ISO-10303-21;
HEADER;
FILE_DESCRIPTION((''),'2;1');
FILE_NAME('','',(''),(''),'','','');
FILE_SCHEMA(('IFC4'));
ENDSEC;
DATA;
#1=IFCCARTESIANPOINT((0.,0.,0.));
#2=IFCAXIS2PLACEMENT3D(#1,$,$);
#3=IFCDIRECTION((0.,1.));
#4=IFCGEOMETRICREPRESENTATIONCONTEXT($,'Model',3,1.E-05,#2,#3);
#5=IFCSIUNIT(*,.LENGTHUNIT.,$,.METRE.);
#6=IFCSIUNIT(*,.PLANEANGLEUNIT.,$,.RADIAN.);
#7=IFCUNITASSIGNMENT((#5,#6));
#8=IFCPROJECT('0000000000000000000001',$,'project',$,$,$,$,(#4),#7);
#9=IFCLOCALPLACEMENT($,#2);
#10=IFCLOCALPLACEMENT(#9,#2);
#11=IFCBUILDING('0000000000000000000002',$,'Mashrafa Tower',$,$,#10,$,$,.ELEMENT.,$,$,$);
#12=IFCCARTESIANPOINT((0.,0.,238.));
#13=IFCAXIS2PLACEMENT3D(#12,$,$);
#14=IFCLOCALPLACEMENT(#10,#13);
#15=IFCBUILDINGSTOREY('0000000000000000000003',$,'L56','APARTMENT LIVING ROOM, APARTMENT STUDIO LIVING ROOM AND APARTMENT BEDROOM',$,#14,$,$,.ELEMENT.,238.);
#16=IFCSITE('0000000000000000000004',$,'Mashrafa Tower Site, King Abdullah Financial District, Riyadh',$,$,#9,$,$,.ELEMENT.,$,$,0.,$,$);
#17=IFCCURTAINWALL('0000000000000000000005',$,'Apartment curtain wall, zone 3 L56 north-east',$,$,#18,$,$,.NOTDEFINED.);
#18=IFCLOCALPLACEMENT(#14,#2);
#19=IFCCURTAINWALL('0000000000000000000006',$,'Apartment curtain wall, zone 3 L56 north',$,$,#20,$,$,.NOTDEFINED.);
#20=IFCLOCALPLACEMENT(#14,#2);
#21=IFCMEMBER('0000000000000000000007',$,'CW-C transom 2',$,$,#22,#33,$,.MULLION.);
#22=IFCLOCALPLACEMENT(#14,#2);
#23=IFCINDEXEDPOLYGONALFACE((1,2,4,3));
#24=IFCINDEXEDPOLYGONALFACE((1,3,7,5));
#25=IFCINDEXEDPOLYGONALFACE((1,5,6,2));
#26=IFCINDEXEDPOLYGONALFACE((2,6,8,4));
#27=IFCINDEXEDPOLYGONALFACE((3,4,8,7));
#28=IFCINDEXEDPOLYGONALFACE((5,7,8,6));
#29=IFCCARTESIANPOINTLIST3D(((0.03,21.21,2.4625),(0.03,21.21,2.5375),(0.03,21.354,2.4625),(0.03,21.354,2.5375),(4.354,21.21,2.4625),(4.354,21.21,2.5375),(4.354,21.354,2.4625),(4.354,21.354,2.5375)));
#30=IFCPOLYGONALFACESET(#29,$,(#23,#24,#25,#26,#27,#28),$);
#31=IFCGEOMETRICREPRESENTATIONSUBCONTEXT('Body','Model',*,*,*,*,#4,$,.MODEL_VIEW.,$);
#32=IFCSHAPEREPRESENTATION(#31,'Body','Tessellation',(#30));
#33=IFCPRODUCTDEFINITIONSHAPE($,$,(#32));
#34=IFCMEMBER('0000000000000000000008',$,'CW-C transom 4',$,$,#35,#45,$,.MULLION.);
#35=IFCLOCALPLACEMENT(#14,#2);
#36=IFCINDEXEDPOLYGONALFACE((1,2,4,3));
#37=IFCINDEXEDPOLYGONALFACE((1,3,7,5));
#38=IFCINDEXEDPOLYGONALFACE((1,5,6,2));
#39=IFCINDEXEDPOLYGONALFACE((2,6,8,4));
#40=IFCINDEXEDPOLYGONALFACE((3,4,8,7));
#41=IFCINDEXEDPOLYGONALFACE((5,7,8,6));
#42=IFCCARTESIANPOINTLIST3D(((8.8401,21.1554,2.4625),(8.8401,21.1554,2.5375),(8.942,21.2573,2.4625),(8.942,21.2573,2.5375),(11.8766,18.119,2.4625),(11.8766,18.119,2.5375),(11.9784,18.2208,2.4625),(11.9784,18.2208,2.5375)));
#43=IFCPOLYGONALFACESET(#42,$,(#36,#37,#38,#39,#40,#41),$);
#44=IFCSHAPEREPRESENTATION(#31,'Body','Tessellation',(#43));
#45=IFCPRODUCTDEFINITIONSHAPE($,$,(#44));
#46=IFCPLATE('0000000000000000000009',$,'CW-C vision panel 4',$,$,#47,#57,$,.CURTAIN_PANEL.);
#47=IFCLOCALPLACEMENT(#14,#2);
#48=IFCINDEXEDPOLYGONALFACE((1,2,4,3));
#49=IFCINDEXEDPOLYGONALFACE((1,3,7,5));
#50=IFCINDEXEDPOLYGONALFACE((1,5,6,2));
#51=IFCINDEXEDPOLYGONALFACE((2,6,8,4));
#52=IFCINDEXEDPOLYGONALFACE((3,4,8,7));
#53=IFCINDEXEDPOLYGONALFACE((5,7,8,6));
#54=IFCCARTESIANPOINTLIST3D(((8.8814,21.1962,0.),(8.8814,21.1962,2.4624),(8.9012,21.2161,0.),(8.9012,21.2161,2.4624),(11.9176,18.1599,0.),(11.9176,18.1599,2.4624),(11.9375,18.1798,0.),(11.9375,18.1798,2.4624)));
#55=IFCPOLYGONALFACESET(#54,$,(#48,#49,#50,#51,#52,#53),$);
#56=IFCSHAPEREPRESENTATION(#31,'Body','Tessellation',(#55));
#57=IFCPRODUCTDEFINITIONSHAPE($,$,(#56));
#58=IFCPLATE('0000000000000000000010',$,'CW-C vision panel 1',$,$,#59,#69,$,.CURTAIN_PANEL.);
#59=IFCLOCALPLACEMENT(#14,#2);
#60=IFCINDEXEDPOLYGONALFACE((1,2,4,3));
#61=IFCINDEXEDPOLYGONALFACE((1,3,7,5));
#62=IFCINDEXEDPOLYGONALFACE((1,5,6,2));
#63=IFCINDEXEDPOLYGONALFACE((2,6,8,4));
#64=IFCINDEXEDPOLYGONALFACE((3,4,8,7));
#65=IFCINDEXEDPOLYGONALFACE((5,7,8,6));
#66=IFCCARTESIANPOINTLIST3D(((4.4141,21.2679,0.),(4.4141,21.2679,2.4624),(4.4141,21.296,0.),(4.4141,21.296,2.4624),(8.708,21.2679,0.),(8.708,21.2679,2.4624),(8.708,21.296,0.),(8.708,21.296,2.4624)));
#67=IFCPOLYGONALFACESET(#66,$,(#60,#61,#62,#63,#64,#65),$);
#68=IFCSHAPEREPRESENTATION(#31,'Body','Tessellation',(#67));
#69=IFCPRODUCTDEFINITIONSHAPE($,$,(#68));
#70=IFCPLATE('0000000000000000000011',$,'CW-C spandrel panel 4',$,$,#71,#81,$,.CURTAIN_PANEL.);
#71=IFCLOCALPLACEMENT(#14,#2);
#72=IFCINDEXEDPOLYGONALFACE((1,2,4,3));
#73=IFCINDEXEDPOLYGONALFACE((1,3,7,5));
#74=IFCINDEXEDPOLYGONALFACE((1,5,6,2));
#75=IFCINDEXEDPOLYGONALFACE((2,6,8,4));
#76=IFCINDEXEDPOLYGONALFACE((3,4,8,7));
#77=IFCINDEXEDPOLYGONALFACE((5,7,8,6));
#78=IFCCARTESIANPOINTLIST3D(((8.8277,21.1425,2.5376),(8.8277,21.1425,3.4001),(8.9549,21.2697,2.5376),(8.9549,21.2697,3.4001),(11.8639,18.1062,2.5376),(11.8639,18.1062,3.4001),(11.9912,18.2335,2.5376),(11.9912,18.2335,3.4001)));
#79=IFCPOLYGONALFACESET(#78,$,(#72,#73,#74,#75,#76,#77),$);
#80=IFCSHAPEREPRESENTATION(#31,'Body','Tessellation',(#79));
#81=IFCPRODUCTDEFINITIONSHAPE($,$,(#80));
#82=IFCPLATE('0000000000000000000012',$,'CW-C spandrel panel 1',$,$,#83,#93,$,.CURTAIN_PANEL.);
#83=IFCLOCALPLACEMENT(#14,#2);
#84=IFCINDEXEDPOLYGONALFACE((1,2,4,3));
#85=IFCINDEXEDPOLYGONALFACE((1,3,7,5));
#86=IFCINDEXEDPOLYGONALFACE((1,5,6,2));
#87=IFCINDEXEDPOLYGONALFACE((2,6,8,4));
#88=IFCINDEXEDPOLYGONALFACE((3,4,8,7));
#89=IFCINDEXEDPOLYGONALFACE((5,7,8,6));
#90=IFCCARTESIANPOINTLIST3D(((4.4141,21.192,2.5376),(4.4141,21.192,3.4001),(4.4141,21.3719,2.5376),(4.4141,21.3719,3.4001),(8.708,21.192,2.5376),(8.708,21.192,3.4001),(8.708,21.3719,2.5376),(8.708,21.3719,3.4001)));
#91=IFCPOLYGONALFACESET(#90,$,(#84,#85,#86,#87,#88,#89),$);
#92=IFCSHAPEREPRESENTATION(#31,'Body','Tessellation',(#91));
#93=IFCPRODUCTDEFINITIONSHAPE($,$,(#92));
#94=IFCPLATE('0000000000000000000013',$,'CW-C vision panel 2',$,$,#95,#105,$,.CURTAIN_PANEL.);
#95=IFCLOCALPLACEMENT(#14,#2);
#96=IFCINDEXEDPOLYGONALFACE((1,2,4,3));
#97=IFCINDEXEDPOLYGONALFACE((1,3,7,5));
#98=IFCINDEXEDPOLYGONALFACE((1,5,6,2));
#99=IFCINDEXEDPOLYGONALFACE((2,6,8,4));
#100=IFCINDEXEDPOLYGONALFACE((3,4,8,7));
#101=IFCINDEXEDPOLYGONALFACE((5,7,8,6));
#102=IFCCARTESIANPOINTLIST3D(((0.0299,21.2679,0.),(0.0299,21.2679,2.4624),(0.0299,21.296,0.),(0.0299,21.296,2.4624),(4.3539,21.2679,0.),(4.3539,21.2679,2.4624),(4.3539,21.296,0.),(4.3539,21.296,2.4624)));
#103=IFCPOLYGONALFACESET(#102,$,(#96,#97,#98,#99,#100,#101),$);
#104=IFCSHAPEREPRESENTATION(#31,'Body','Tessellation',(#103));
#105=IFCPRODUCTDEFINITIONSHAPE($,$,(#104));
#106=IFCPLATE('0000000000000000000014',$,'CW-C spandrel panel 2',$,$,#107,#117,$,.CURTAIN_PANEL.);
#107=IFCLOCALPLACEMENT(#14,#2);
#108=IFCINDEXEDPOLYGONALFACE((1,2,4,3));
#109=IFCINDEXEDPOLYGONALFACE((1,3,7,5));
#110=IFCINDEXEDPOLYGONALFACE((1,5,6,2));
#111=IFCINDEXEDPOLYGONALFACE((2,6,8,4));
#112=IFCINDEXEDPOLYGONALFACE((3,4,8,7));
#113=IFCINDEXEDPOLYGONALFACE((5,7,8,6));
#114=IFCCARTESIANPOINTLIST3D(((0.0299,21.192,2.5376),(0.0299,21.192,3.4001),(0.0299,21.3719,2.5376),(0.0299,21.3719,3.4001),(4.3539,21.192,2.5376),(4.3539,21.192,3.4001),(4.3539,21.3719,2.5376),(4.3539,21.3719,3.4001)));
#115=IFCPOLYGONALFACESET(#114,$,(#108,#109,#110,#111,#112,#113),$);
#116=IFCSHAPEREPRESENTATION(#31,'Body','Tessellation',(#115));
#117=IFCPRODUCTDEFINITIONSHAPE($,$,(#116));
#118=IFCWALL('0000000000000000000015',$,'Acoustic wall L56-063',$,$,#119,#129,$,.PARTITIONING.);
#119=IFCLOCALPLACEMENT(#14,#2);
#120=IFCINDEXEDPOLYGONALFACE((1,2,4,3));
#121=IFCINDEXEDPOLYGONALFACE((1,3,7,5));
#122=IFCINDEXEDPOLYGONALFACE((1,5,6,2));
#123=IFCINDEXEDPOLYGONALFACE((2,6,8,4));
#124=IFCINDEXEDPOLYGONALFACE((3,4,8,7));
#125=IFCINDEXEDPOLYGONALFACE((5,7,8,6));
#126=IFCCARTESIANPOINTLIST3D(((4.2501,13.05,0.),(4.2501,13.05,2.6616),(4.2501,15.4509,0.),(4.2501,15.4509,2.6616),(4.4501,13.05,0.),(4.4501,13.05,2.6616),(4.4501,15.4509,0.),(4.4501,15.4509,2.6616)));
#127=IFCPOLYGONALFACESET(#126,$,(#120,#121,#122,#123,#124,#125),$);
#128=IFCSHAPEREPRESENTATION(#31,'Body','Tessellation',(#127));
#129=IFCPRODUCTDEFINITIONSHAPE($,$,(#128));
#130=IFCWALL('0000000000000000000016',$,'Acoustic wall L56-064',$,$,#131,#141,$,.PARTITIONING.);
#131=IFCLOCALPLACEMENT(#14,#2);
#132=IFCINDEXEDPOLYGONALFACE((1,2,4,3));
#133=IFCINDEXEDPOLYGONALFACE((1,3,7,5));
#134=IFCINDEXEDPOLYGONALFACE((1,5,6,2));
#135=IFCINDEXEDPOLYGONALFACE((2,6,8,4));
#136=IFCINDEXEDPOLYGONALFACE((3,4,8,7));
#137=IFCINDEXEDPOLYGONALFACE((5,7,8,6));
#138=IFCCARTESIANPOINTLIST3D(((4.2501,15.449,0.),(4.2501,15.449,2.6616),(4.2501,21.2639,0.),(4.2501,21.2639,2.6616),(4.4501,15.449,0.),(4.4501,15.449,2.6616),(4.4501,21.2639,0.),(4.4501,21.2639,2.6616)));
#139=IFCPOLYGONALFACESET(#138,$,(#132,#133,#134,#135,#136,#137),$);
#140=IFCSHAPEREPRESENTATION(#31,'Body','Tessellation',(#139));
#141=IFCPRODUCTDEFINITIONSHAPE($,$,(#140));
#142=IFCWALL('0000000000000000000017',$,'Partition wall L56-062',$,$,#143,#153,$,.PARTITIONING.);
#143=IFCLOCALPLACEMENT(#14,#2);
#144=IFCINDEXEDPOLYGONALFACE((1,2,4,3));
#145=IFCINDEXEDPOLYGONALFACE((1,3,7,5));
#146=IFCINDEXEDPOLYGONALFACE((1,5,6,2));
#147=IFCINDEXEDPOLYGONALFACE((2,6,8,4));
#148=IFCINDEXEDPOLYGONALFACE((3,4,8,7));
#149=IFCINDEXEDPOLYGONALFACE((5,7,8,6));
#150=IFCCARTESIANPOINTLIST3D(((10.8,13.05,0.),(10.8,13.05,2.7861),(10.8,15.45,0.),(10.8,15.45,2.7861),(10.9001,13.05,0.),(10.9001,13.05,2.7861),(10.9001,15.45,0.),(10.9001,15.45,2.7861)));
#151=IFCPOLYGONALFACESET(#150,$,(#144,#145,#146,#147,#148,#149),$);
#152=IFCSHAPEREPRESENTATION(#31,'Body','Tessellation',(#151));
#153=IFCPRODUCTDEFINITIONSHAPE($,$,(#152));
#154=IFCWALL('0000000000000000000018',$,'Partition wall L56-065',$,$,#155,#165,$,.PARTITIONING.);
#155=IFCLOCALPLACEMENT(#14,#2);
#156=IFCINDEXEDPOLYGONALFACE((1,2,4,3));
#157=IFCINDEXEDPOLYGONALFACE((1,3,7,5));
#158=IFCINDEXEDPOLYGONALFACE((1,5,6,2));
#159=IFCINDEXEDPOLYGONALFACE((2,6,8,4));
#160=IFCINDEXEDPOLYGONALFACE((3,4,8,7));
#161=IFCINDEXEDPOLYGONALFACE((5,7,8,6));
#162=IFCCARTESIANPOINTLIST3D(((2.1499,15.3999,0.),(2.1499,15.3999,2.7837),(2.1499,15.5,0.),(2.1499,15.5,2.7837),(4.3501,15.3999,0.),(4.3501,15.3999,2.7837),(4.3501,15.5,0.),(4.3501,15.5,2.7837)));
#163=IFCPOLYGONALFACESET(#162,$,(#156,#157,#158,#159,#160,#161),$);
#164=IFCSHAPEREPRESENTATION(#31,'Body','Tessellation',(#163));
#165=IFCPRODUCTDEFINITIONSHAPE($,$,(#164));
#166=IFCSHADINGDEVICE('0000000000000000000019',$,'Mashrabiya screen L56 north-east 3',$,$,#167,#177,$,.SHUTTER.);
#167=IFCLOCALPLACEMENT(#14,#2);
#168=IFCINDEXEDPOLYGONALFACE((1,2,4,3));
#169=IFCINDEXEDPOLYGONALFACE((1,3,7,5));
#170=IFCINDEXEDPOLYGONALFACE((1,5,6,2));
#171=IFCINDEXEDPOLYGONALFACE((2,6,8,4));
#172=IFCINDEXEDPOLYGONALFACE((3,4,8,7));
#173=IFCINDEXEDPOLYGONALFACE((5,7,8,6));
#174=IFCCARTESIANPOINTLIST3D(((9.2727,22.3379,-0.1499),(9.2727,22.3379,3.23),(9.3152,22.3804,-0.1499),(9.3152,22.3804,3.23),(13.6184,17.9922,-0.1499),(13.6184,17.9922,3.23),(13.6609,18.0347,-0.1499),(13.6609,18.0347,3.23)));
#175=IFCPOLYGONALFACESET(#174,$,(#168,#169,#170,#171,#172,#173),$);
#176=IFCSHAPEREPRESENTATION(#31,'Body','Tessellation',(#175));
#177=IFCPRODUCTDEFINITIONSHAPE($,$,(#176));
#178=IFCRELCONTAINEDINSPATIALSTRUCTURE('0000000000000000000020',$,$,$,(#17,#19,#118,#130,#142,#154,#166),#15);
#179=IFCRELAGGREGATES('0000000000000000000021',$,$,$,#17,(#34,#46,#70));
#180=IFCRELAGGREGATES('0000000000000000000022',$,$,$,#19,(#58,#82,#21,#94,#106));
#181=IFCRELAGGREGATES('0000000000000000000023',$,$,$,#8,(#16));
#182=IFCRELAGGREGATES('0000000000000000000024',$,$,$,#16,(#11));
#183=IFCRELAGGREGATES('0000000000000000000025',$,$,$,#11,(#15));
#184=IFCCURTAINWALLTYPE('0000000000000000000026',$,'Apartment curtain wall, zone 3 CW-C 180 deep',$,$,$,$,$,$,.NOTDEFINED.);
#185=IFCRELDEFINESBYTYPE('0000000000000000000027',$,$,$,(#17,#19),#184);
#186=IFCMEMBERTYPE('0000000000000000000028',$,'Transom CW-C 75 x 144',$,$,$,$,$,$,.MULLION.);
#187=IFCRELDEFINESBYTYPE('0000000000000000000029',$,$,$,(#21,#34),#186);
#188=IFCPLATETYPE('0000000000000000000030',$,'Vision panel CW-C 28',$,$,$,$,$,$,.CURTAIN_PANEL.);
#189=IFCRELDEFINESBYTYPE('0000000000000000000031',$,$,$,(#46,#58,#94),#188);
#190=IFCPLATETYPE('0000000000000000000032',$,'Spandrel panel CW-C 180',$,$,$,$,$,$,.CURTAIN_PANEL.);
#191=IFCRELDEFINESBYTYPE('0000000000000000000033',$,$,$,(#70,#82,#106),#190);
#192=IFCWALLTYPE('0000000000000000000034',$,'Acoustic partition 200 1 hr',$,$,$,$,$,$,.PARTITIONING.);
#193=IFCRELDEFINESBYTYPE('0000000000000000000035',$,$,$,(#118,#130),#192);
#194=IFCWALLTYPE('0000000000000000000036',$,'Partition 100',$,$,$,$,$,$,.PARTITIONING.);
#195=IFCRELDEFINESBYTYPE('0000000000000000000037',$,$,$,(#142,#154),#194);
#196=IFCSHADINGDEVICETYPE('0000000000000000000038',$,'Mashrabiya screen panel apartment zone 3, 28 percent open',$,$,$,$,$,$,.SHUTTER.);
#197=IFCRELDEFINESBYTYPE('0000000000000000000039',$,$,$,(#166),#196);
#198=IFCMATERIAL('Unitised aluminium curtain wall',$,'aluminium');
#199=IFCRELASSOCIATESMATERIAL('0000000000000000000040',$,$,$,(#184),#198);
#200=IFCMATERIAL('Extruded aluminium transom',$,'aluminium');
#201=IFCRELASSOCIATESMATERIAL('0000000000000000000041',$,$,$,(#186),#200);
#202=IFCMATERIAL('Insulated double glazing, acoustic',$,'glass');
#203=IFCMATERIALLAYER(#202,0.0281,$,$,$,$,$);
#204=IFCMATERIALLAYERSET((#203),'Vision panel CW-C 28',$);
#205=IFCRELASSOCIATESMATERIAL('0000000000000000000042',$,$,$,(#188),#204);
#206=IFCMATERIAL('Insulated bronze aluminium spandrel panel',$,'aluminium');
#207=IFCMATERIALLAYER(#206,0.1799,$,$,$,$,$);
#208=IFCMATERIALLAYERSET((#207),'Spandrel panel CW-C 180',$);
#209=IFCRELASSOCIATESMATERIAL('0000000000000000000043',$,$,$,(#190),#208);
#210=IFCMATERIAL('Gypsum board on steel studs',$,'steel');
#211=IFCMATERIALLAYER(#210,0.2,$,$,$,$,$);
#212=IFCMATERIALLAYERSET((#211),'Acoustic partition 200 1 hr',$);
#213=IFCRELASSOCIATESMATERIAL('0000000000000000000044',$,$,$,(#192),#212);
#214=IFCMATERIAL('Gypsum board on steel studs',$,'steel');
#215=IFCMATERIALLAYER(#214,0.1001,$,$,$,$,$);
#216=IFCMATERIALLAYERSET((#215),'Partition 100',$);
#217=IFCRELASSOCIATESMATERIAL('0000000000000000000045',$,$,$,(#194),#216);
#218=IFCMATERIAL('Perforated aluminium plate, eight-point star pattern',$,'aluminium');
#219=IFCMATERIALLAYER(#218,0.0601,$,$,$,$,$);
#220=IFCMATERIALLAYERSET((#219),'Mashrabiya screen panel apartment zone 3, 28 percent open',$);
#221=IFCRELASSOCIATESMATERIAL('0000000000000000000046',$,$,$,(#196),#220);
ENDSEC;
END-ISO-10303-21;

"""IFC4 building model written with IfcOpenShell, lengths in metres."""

from ifc_helpers import new_model, si_unit, direction, frame, frame_2d, origin, origin_2d, place, context, subcontext, project, spatial, rectangle, extrude, source, transform, mapped, material, layer, layer_set, material_profile, profile_set, type_object, type_shapes, element, aggregate, save


model = new_model("IFC4")

# Units and contexts
model_context = context("Model", 3, precision=1e-05, world=origin(), true_north=direction((0.0, 1.0)))
body_context = subcontext(model_context, "Body", "Model", "MODEL_VIEW")
ifc_project = project(units=[si_unit("LENGTHUNIT", "METRE"), si_unit("PLANEANGLEUNIT", "RADIAN")], contexts=[model_context])

# Site, building, storey
site_placement = place(None, origin())
site = spatial("IfcSite", under=ifc_project, at=site_placement, Name="Mashrafa Tower Site, King Abdullah Financial District, Riyadh", CompositionType="ELEMENT", RefElevation=0.0)
building_placement = place(site_placement, origin())
building = spatial("IfcBuilding", under=site, at=building_placement, Name="Mashrafa Tower", CompositionType="ELEMENT")
storey_placement = place(building_placement, frame((0.0, 0.0, 238.0)))
storey = spatial("IfcBuildingStorey", under=building, at=storey_placement, Name="L56", Description="APARTMENT LIVING ROOM, APARTMENT STUDIO LIVING ROOM AND APARTMENT BEDROOM", CompositionType="ELEMENT", Elevation=238.0)

# Curtain walls, member
ifc_material_1 = material(Name="Unitised aluminium curtain wall", Category="aluminium")
curtain_wall_type = type_object("IfcCurtainWallType", Name="Apartment curtain wall, zone 3 CW-C 180 deep", PredefinedType="NOTDEFINED", material=ifc_material_1)
curtain_wall_1_placement = place(storey_placement, origin())
curtain_wall_1 = element("IfcCurtainWall", 1, at=curtain_wall_1_placement, inside=storey, type_object=curtain_wall_type, Name="Apartment curtain wall, zone 3 L56 north-east", PredefinedType="NOTDEFINED")
curtain_wall_2_placement = place(storey_placement, origin())
curtain_wall_2 = element("IfcCurtainWall", 2, at=curtain_wall_2_placement, inside=storey, type_object=curtain_wall_type, Name="Apartment curtain wall, zone 3 L56 north", PredefinedType="NOTDEFINED")
ifc_material_2 = material(Name="Extruded aluminium transom", Category="aluminium")
ifc_material_profile_1 = material_profile(ifc_material_2, rectangle(XDim=0.144, YDim=0.075, at=origin_2d()), Name="Transom 75x144")
ifc_profile_set_1 = profile_set([ifc_material_profile_1], Name="Extruded aluminium transom")
member_type_1 = type_object("IfcMemberType", Name="Transom CW-C 75 x 144", PredefinedType="MULLION", material=ifc_profile_set_1)
shared_shape_1 = source(origin(), body_context, "Body", "SweptSolid", [
    extrude(rectangle(XDim=0.144, YDim=0.075, at=origin_2d()), origin(), (0.0, 0.0, 1.0), 4.324),
])
member_1_placement = place(storey_placement, frame((4.354, 21.282, 2.5), z_axis=(-1.0, 0.0, 0.0), x_axis=(0.0, -1.0, 0.0)))
member_1 = element("IfcMember", 3, at=member_1_placement, type_object=member_type_1, Name="CW-C transom 2", PredefinedType="MULLION", context=body_context, shape_type="MappedRepresentation", body=[
    mapped(shared_shape_1, transform((0.0, 0.0, 0.0))),
])

# Member
shared_shape_2 = source(origin(), body_context, "Body", "SweptSolid", [
    extrude(rectangle(XDim=0.144, YDim=0.075, at=origin_2d()), origin(), (0.0, 0.0, 1.0), 4.2942),
])
member_2_placement = place(storey_placement, frame((11.9275, 18.1699, 2.5), z_axis=(-0.707107, 0.707107, 0.0), x_axis=(-0.707107, -0.707107, 0.0)))
member_2 = element("IfcMember", 4, at=member_2_placement, type_object=member_type_1, Name="CW-C transom 4", PredefinedType="MULLION", context=body_context, shape_type="MappedRepresentation", body=[
    mapped(shared_shape_2, transform((0.0, 0.0, 0.0))),
])

# Plates
ifc_material_3 = material(Name="Insulated double glazing, acoustic", Category="glass")
ifc_layer_1 = layer(ifc_material_3, 0.0281)
ifc_layer_set_1 = layer_set([ifc_layer_1], Name="Vision panel CW-C 28")
plate_type_1 = type_object("IfcPlateType", Name="Vision panel CW-C 28", PredefinedType="CURTAIN_PANEL", material=ifc_layer_set_1)
shared_shape_3 = source(origin(), body_context, "Body", "SweptSolid", [
    extrude(rectangle(XDim=4.2939, YDim=0.0281, at=origin_2d()), origin(), (0.0, 0.0, 1.0), 2.4624),
])
plate_1_placement = place(storey_placement, frame((10.4094, 19.688, 0.0), z_axis=(0.0, 0.0, 1.0), x_axis=(-0.707107, 0.707107, 0.0)))
plate_1 = element("IfcPlate", 5, at=plate_1_placement, type_object=plate_type_1, Name="CW-C vision panel 4", PredefinedType="CURTAIN_PANEL", context=body_context, shape_type="MappedRepresentation", body=[
    mapped(shared_shape_3, transform((0.0, 0.0, 0.0))),
])
plate_2_placement = place(storey_placement, frame((6.561, 21.282, 0.0), z_axis=(0.0, 0.0, 1.0), x_axis=(-1.0, 0.0, 0.0)))
plate_2 = element("IfcPlate", 6, at=plate_2_placement, type_object=plate_type_1, Name="CW-C vision panel 1", PredefinedType="CURTAIN_PANEL", context=body_context, shape_type="MappedRepresentation", body=[
    mapped(shared_shape_3, transform((0.0, 0.0, 0.0))),
])
ifc_material_4 = material(Name="Insulated bronze aluminium spandrel panel", Category="aluminium")
ifc_layer_2 = layer(ifc_material_4, 0.1799)
ifc_layer_set_2 = layer_set([ifc_layer_2], Name="Spandrel panel CW-C 180")
plate_type_2 = type_object("IfcPlateType", Name="Spandrel panel CW-C 180", PredefinedType="CURTAIN_PANEL", material=ifc_layer_set_2)
shared_shape_4 = source(origin(), body_context, "Body", "SweptSolid", [
    extrude(rectangle(XDim=4.2939, YDim=0.1799, at=origin_2d()), origin(), (0.0, 0.0, 1.0), 0.8625),
])
plate_3_placement = place(storey_placement, frame((10.4094, 19.688, 2.5376), z_axis=(0.0, 0.0, 1.0), x_axis=(-0.707107, 0.707107, 0.0)))
plate_3 = element("IfcPlate", 7, at=plate_3_placement, type_object=plate_type_2, Name="CW-C spandrel panel 4", PredefinedType="CURTAIN_PANEL", context=body_context, shape_type="MappedRepresentation", body=[
    mapped(shared_shape_4, transform((0.0, 0.0, 0.0))),
])
aggregate(curtain_wall_1, [member_2, plate_1, plate_3])
plate_4_placement = place(storey_placement, frame((6.561, 21.282, 2.5376), z_axis=(0.0, 0.0, 1.0), x_axis=(-1.0, 0.0, 0.0)))
plate_4 = element("IfcPlate", 8, at=plate_4_placement, type_object=plate_type_2, Name="CW-C spandrel panel 1", PredefinedType="CURTAIN_PANEL", context=body_context, shape_type="MappedRepresentation", body=[
    mapped(shared_shape_4, transform((0.0, 0.0, 0.0))),
])
shared_shape_5 = source(origin(), body_context, "Body", "SweptSolid", [
    extrude(rectangle(XDim=4.324, YDim=0.0281, at=origin_2d()), origin(), (0.0, 0.0, 1.0), 2.4624),
])
type_shapes(plate_type_1, [shared_shape_3, shared_shape_5])
plate_5_placement = place(storey_placement, frame((2.1919, 21.282, 0.0), z_axis=(0.0, 0.0, 1.0), x_axis=(-1.0, 0.0, 0.0)))
plate_5 = element("IfcPlate", 9, at=plate_5_placement, type_object=plate_type_1, Name="CW-C vision panel 2", PredefinedType="CURTAIN_PANEL", context=body_context, shape_type="MappedRepresentation", body=[
    mapped(shared_shape_5, transform((0.0, 0.0, 0.0))),
])
shared_shape_6 = source(origin(), body_context, "Body", "SweptSolid", [
    extrude(rectangle(XDim=4.324, YDim=0.1799, at=origin_2d()), origin(), (0.0, 0.0, 1.0), 0.8625),
])
type_shapes(plate_type_2, [shared_shape_4, shared_shape_6])
plate_6_placement = place(storey_placement, frame((2.1919, 21.282, 2.5376), z_axis=(0.0, 0.0, 1.0), x_axis=(-1.0, 0.0, 0.0)))
plate_6 = element("IfcPlate", 10, at=plate_6_placement, type_object=plate_type_2, Name="CW-C spandrel panel 2", PredefinedType="CURTAIN_PANEL", context=body_context, shape_type="MappedRepresentation", body=[
    mapped(shared_shape_6, transform((0.0, 0.0, 0.0))),
])
aggregate(curtain_wall_2, [plate_2, plate_4, member_1, plate_5, plate_6])

# Walls
ifc_material_5 = material(Name="Gypsum board on steel studs", Category="steel")
ifc_layer_3 = layer(ifc_material_5, 0.2)
ifc_layer_set_3 = layer_set([ifc_layer_3], Name="Acoustic partition 200 1 hr")
wall_type_1 = type_object("IfcWallType", Name="Acoustic partition 200 1 hr", PredefinedType="PARTITIONING", material=ifc_layer_set_3)
wall_1_placement = place(storey_placement, frame((4.3501, 15.4509, 0.0), z_axis=(0.0, 0.0, 1.0), x_axis=(0.0, -1.0, 0.0)))
element("IfcWall", 11, at=wall_1_placement, inside=storey, type_object=wall_type_1, Name="Acoustic wall L56-063", PredefinedType="PARTITIONING", context=body_context, shape_type="SweptSolid", body=[
    extrude(rectangle(XDim=2.4009, YDim=0.2, at=frame_2d((1.2004, 0.0))), origin(), (0.0, 0.0, 1.0), 2.6616),
])
wall_2_placement = place(storey_placement, frame((4.3501, 21.2639, 0.0), z_axis=(0.0, 0.0, 1.0), x_axis=(0.0, -1.0, 0.0)))
element("IfcWall", 12, at=wall_2_placement, inside=storey, type_object=wall_type_1, Name="Acoustic wall L56-064", PredefinedType="PARTITIONING", context=body_context, shape_type="SweptSolid", body=[
    extrude(rectangle(XDim=5.8149, YDim=0.2, at=frame_2d((2.9075, 0.0))), origin(), (0.0, 0.0, 1.0), 2.6616),
])
ifc_material_6 = material(Name="Gypsum board on steel studs", Category="steel")
ifc_layer_4 = layer(ifc_material_6, 0.1001)
ifc_layer_set_4 = layer_set([ifc_layer_4], Name="Partition 100")
wall_type_2 = type_object("IfcWallType", Name="Partition 100", PredefinedType="PARTITIONING", material=ifc_layer_set_4)
wall_3_placement = place(storey_placement, frame((10.8501, 15.45, 0.0), z_axis=(0.0, 0.0, 1.0), x_axis=(0.0, -1.0, 0.0)))
element("IfcWall", 13, at=wall_3_placement, inside=storey, type_object=wall_type_2, Name="Partition wall L56-062", PredefinedType="PARTITIONING", context=body_context, shape_type="SweptSolid", body=[
    extrude(rectangle(XDim=2.3999, YDim=0.1001, at=frame_2d((1.2, 0.0))), origin(), (0.0, 0.0, 1.0), 2.7861),
])
wall_4_placement = place(storey_placement, frame((4.3501, 15.45, 0.0), z_axis=(0.0, 0.0, 1.0), x_axis=(-1.0, 0.0, 0.0)))
element("IfcWall", 14, at=wall_4_placement, inside=storey, type_object=wall_type_2, Name="Partition wall L56-065", PredefinedType="PARTITIONING", context=body_context, shape_type="SweptSolid", body=[
    extrude(rectangle(XDim=2.2002, YDim=0.1001, at=frame_2d((1.1001, 0.0))), origin(), (0.0, 0.0, 1.0), 2.7837),
])

# Shading device
ifc_material_7 = material(Name="Perforated aluminium plate, eight-point star pattern", Category="aluminium")
ifc_layer_5 = layer(ifc_material_7, 0.0601)
ifc_layer_set_5 = layer_set([ifc_layer_5], Name="Mashrabiya screen panel apartment zone 3, 28 percent open")
shading_device_type = type_object("IfcShadingDeviceType", Name="Mashrabiya screen panel apartment zone 3, 28 percent open", PredefinedType="SHUTTER", material=ifc_layer_set_5)
shared_shape_7 = source(origin(), body_context, "Body", "SweptSolid", [
    extrude(rectangle(XDim=6.1458, YDim=0.0601, at=origin_2d()), origin(), (0.0, 0.0, 1.0), 3.3799),
])
type_shapes(shading_device_type, [shared_shape_7])
for number, where, z_axis, x_axis, name in (
    (15, (11.4668, 20.1863, -0.1499), (0.0, 0.0, 1.0), (-0.707107, 0.707107, 0.0), "Mashrabiya screen L56 north-east 3"),
):
    element("IfcShadingDevice", number, at=place(storey_placement, frame(where, z_axis=z_axis, x_axis=x_axis)), inside=storey, type_object=shading_device_type, Name=name, PredefinedType="SHUTTER", context=body_context, shape_type="MappedRepresentation", body=[
        mapped(shared_shape_7, transform((0.0, 0.0, 0.0))),
    ])

save(model, "model.ifc")
